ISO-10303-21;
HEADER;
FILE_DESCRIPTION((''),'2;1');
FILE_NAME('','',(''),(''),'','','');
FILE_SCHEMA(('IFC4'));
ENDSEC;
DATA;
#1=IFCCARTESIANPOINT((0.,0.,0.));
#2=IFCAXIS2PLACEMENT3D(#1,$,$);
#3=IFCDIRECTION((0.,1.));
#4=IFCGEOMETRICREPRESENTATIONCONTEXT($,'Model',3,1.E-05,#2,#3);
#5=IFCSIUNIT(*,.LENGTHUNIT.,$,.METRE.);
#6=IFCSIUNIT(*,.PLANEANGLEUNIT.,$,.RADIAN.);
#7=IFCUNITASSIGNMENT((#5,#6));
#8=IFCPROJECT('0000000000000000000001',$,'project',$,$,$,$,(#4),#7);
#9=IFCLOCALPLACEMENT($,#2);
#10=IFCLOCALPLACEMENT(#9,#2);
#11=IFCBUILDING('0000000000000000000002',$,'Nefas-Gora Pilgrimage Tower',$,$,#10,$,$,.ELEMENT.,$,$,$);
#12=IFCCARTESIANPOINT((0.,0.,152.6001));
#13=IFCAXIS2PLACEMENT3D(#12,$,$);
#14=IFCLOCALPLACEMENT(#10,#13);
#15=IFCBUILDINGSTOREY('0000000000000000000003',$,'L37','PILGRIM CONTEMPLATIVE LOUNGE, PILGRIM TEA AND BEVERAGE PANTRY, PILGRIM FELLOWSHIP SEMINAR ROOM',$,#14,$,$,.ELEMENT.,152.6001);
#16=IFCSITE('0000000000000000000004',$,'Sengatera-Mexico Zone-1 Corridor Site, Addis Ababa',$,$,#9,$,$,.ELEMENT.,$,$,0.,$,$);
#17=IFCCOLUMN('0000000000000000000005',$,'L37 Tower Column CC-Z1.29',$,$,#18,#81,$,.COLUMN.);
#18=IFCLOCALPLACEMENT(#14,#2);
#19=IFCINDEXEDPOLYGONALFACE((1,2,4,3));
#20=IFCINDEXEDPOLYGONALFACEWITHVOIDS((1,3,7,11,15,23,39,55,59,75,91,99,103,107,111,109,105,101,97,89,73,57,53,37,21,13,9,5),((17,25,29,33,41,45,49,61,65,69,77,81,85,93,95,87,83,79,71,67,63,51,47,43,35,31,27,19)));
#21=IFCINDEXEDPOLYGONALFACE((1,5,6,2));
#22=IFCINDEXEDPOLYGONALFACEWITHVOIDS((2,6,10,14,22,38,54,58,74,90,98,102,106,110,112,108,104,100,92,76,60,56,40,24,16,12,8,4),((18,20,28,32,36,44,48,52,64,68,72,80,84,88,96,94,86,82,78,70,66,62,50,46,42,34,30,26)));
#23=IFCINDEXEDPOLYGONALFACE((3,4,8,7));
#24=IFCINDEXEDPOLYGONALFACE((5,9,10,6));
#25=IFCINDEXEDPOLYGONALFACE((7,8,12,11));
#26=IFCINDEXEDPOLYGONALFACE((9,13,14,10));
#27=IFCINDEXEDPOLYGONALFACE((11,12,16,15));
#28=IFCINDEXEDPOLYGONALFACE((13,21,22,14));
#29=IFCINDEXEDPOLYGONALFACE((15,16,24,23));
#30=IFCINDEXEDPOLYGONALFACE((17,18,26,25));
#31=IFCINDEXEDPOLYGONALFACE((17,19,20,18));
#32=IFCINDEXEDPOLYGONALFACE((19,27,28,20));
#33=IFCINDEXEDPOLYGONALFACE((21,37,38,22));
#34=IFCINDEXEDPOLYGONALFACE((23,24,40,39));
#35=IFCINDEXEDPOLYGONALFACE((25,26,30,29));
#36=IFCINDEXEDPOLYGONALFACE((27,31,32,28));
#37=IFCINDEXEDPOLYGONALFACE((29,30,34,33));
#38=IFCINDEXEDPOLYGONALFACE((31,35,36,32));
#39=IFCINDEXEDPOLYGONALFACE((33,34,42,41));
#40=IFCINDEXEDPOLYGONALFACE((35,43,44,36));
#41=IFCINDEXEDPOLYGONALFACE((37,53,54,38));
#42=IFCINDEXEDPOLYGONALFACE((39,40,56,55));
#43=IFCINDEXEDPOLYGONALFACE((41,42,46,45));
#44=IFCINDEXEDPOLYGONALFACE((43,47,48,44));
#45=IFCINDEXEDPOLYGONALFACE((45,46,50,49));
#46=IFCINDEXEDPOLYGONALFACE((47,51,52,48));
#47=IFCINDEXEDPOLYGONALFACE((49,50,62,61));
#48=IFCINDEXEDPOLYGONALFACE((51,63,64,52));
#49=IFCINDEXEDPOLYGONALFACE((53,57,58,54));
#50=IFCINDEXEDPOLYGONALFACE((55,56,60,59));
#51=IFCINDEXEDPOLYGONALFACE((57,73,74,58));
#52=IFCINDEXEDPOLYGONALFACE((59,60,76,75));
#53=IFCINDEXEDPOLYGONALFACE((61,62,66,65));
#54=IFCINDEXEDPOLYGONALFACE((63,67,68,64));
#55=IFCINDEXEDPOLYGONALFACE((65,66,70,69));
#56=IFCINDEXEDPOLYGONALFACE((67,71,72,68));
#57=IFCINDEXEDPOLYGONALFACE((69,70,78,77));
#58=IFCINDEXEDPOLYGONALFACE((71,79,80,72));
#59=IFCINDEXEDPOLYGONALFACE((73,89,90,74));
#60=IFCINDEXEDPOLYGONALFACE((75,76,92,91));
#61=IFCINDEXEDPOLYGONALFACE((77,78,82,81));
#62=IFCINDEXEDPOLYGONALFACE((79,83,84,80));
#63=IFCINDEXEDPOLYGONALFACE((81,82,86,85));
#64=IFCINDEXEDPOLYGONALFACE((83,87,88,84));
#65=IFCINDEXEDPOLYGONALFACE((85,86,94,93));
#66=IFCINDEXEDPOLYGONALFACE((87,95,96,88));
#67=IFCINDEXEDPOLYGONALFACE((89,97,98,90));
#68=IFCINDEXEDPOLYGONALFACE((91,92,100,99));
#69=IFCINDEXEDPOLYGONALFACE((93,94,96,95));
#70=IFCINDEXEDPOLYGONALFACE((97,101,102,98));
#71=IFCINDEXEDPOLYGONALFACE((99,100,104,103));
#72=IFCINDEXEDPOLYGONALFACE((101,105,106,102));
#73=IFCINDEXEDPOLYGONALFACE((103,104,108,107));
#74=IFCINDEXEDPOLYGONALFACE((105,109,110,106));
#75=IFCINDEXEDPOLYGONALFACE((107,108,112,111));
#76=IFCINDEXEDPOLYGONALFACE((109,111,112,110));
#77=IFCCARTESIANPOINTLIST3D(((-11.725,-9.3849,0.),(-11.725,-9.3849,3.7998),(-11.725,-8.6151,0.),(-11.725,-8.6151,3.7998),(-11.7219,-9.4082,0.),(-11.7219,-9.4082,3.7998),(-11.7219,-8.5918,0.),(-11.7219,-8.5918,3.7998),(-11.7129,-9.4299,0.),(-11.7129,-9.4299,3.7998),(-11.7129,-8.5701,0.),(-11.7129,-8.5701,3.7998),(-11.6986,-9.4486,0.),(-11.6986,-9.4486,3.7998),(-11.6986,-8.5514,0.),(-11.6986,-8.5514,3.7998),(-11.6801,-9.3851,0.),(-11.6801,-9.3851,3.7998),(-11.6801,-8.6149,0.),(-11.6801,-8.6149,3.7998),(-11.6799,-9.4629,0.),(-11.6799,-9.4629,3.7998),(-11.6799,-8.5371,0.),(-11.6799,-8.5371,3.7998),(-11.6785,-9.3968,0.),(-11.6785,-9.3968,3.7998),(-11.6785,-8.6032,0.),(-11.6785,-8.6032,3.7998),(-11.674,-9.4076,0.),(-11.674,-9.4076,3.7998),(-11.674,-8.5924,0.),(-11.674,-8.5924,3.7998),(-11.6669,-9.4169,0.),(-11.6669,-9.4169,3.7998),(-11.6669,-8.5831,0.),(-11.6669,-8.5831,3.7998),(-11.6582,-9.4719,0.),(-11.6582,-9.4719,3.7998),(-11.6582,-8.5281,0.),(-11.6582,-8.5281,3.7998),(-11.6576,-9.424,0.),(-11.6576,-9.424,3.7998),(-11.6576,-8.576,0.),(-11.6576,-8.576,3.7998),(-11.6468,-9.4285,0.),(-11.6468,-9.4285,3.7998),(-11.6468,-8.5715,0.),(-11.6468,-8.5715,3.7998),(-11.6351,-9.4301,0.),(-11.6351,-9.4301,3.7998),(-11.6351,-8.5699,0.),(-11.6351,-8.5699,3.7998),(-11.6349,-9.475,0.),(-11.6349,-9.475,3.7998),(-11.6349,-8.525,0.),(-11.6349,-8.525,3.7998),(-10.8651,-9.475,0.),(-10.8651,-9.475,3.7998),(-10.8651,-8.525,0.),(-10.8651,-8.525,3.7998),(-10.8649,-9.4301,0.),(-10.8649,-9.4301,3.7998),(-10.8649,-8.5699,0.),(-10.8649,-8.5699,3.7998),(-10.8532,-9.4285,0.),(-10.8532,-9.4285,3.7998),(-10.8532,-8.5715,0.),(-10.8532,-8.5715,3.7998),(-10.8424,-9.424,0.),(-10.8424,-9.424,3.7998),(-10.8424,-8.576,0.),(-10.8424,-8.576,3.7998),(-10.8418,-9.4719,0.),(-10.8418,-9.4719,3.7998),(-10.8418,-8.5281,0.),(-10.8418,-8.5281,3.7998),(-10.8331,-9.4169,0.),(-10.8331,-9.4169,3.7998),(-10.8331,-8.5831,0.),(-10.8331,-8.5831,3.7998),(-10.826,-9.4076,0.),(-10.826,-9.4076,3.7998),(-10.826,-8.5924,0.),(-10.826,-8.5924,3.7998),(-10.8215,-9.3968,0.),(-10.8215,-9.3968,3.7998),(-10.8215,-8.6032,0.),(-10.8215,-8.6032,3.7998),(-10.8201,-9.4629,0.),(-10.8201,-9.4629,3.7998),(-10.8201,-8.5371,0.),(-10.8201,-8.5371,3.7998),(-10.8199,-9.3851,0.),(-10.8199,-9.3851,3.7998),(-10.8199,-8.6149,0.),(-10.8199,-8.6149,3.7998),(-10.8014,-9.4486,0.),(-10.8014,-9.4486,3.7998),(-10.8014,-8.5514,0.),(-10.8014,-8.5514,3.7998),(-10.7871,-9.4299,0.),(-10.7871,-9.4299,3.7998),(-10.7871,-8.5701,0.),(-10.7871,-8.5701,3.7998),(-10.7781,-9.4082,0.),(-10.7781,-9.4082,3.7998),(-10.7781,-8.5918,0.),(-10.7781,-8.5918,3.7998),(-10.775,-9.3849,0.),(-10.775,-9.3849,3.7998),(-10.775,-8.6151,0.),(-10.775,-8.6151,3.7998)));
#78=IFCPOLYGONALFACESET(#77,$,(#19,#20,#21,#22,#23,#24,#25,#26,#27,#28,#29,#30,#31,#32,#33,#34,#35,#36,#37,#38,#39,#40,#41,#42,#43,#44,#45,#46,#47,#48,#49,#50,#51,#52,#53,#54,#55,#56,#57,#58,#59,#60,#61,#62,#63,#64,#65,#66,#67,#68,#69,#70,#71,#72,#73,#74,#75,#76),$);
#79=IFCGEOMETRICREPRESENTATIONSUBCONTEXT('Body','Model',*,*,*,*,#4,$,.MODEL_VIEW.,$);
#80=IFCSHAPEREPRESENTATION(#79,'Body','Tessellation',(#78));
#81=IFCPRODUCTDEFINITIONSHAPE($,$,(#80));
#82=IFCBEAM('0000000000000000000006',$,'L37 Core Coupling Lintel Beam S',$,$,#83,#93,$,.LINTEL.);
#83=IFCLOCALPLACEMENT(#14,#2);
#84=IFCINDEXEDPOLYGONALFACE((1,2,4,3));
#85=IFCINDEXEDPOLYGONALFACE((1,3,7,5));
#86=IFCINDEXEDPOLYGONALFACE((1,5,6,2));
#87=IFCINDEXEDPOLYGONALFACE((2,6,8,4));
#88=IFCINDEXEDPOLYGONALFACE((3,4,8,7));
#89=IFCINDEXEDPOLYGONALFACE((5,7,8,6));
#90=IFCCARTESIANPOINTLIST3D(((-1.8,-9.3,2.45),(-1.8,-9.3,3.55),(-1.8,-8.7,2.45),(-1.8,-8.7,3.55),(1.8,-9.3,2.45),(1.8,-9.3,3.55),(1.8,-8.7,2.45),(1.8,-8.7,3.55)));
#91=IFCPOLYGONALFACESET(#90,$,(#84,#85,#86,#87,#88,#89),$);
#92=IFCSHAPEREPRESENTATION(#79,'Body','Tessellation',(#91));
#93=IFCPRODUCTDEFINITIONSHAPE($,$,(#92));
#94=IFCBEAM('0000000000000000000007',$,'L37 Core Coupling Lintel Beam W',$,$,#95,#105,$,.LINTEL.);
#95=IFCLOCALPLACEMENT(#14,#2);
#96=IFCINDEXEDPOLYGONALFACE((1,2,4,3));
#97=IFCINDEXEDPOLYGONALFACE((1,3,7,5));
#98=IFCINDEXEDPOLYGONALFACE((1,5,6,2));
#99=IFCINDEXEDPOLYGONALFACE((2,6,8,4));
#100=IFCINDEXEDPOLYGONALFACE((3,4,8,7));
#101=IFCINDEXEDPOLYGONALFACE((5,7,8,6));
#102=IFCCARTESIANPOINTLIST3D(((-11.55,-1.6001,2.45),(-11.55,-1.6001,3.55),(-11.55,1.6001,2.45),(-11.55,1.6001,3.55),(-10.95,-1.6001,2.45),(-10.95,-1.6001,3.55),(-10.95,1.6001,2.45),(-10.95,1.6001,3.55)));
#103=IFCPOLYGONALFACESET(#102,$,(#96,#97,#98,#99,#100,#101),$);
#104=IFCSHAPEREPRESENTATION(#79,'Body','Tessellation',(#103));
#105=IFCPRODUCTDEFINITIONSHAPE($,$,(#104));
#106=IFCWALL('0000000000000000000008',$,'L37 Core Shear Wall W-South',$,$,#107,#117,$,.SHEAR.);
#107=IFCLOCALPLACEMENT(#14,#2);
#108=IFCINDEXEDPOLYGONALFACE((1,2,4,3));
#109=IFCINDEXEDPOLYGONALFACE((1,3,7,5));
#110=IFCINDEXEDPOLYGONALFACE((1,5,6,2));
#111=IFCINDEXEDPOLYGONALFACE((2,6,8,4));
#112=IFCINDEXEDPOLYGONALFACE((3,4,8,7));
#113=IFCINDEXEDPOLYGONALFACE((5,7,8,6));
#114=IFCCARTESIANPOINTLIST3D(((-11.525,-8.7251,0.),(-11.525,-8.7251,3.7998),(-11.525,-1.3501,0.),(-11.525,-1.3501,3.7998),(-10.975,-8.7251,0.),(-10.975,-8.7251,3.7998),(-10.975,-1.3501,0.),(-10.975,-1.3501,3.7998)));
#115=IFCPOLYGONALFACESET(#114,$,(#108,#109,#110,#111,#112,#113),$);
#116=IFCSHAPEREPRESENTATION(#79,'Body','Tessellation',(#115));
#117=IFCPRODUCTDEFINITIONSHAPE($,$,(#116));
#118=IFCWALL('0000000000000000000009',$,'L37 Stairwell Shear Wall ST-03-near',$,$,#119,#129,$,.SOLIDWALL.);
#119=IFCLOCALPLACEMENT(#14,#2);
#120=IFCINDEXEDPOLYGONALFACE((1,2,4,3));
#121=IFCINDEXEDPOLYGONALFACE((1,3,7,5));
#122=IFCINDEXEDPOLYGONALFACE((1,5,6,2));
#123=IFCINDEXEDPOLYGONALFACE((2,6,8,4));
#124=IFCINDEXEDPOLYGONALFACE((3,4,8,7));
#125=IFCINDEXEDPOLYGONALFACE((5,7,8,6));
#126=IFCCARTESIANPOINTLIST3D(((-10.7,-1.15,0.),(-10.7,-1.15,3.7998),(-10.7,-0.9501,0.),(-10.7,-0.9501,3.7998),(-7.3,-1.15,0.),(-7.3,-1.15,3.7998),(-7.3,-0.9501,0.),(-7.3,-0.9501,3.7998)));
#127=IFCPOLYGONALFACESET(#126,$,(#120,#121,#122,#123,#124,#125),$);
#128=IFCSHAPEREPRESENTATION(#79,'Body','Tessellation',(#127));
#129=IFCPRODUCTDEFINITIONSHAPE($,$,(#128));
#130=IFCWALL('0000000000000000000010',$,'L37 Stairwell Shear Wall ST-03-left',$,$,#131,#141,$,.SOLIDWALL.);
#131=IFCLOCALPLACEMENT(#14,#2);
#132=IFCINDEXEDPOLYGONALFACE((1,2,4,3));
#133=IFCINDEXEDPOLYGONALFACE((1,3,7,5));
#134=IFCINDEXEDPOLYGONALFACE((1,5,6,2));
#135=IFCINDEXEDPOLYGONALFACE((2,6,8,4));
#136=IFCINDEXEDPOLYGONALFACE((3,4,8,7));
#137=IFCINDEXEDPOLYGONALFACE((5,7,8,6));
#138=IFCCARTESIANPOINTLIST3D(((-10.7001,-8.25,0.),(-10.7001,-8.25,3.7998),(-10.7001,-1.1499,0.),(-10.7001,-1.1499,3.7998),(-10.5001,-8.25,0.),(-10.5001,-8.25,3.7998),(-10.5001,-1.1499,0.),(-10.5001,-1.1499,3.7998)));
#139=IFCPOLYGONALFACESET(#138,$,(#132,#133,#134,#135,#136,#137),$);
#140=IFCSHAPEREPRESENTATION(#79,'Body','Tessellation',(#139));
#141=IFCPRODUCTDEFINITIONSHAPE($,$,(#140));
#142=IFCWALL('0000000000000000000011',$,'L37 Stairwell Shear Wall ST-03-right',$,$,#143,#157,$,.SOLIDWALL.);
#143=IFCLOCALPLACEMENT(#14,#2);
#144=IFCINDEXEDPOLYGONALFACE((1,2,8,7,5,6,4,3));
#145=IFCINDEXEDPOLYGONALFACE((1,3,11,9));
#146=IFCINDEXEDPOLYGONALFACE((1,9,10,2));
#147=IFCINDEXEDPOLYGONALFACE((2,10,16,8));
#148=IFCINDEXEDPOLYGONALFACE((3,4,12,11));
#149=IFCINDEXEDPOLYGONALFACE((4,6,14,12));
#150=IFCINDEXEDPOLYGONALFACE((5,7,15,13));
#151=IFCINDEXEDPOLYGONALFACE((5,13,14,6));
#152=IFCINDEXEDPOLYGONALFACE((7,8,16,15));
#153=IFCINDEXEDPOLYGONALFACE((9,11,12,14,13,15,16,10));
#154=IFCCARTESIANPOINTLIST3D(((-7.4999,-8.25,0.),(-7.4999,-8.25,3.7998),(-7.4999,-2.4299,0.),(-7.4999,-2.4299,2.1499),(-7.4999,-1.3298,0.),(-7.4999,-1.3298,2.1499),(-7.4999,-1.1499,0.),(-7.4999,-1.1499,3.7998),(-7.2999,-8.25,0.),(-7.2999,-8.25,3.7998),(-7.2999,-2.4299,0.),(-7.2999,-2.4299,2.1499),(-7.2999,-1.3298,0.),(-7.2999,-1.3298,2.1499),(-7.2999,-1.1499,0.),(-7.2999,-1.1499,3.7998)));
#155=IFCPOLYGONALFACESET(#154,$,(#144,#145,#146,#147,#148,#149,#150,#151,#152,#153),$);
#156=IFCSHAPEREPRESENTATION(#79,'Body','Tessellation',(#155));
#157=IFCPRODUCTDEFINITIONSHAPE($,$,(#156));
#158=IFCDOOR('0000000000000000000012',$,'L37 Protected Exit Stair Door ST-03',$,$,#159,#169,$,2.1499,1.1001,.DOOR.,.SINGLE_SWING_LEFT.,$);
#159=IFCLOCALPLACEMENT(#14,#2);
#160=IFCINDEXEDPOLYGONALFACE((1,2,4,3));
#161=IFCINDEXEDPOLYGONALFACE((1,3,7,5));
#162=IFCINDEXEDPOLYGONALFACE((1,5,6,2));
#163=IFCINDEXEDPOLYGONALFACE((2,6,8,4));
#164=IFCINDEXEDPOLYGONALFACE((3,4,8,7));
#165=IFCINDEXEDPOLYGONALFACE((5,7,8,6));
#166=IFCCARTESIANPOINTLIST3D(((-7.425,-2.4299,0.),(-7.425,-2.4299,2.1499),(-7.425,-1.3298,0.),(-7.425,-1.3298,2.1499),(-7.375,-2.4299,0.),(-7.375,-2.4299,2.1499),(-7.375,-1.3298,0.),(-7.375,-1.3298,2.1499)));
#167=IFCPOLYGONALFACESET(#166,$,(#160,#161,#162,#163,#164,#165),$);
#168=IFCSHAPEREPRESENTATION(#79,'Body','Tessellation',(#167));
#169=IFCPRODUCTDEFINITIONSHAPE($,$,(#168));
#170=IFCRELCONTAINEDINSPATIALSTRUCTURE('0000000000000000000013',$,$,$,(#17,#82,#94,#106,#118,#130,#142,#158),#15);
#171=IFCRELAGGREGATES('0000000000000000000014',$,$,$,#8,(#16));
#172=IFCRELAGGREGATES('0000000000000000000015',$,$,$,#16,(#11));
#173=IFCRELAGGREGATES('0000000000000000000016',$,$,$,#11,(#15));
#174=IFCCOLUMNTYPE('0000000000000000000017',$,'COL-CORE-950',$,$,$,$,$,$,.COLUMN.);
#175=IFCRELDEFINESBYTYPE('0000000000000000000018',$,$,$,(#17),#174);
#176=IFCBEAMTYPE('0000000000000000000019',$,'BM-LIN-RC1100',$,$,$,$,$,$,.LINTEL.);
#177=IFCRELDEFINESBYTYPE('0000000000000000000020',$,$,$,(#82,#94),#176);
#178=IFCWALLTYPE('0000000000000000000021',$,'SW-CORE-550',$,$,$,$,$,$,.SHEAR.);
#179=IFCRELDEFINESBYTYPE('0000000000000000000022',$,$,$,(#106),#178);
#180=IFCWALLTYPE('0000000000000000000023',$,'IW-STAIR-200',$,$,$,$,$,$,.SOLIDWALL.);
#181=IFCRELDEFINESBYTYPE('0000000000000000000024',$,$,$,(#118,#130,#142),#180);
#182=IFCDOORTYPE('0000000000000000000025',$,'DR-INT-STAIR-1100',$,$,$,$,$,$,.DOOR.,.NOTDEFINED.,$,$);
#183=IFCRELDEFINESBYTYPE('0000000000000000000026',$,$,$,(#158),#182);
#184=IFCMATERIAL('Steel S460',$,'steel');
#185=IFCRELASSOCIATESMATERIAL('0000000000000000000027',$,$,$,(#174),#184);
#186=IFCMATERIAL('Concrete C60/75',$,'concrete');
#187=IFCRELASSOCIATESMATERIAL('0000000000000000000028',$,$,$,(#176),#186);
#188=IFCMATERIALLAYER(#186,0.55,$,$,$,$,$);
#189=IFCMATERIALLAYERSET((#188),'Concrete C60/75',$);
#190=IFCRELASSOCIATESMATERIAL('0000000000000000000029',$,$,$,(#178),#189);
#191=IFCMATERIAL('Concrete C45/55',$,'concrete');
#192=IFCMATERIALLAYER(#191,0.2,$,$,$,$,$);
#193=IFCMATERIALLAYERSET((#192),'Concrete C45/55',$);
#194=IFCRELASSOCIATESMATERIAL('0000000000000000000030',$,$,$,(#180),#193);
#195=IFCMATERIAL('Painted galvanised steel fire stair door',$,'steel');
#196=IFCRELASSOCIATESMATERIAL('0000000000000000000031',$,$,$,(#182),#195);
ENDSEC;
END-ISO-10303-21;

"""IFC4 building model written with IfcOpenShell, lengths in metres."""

from ifc_helpers import new_model, si_unit, direction, frame, frame_2d, origin, origin_2d, place, context, subcontext, project, spatial, rectangle, hollow_rectangle, extrude, source, transform, mapped, material, layer, layer_set, material_profile, profile_set, type_object, element, fill, save


model = new_model("IFC4")

# Units and contexts
model_context = context("Model", 3, precision=1e-05, world=origin(), true_north=direction((0.0, 1.0)))
body_context = subcontext(model_context, "Body", "Model", "MODEL_VIEW")
ifc_project = project(units=[si_unit("LENGTHUNIT", "METRE"), si_unit("PLANEANGLEUNIT", "RADIAN")], contexts=[model_context])

# Site, building, storey
site_placement = place(None, origin())
site = spatial("IfcSite", under=ifc_project, at=site_placement, Name="Sengatera-Mexico Zone-1 Corridor Site, Addis Ababa", CompositionType="ELEMENT", RefElevation=0.0)
building_placement = place(site_placement, origin())
building = spatial("IfcBuilding", under=site, at=building_placement, Name="Nefas-Gora Pilgrimage Tower", CompositionType="ELEMENT")
storey_placement = place(building_placement, frame((0.0, 0.0, 152.6001)))
storey = spatial("IfcBuildingStorey", under=building, at=storey_placement, Name="L37", Description="PILGRIM CONTEMPLATIVE LOUNGE, PILGRIM TEA AND BEVERAGE PANTRY, PILGRIM FELLOWSHIP SEMINAR ROOM", CompositionType="ELEMENT", Elevation=152.6001)

# Column
ifc_material_1 = material(Name="Steel S460", Category="steel")
ifc_material_profile_1 = material_profile(ifc_material_1, hollow_rectangle(XDim=0.95, YDim=0.95, WallThickness=0.0449, InnerFilletRadius=0.0449, OuterFilletRadius=0.0901, at=origin_2d()), Name="BOX 950x950x45")
ifc_profile_set_1 = profile_set([ifc_material_profile_1], Name="Steel S460")
column_type = type_object("IfcColumnType", Name="COL-CORE-950", PredefinedType="COLUMN", material=ifc_profile_set_1)
shared_shape_1 = source(origin(), body_context, "Body", "SweptSolid", [
    extrude(hollow_rectangle(XDim=0.95, YDim=0.95, WallThickness=0.0449, InnerFilletRadius=0.0449, OuterFilletRadius=0.0901, at=origin_2d()), origin(), (0.0, 0.0, 1.0), 3.7998),
])
column_placement = place(storey_placement, frame((-11.25, -9.0, 0.0), z_axis=(0.0, 0.0, 1.0), x_axis=(1.0, 0.0, 0.0)))
element("IfcColumn", 1, at=column_placement, inside=storey, type_object=column_type, Name="L37 Tower Column CC-Z1.29", PredefinedType="COLUMN", context=body_context, shape_type="MappedRepresentation", body=[
    mapped(shared_shape_1, transform((0.0, 0.0, 0.0), x_axis=(1.0, 0.0, 0.0), y_axis=(0.0, 1.0, 0.0), z_axis=(0.0, 0.0, 1.0), scale=1.0)),
])

# Beams
ifc_material_2 = material(Name="Concrete C60/75", Category="concrete")
ifc_material_profile_2 = material_profile(ifc_material_2, rectangle(XDim=0.6001, YDim=1.1001, at=origin_2d()), Name="RC 600x1100")
ifc_profile_set_2 = profile_set([ifc_material_profile_2], Name="Concrete C60/75")
beam_type = type_object("IfcBeamType", Name="BM-LIN-RC1100", PredefinedType="LINTEL", material=ifc_profile_set_2)
shared_shape_2 = source(origin(), body_context, "Body", "SweptSolid", [
    extrude(rectangle(XDim=0.6001, YDim=1.1001, at=origin_2d()), origin(), (0.0, 0.0, 1.0), 3.6001),
])
beam_1_placement = place(storey_placement, frame((-1.8, -9.0, 3.0), z_axis=(1.0, 0.0, 0.0), x_axis=(0.0, 1.0, 0.0)))
element("IfcBeam", 2, at=beam_1_placement, inside=storey, type_object=beam_type, Name="L37 Core Coupling Lintel Beam S", PredefinedType="LINTEL", context=body_context, shape_type="MappedRepresentation", body=[
    mapped(shared_shape_2, transform((0.0, 0.0, 0.0), x_axis=(1.0, 0.0, 0.0), y_axis=(0.0, 1.0, 0.0), z_axis=(0.0, 0.0, 1.0), scale=1.0)),
])
shared_shape_3 = source(origin(), body_context, "Body", "SweptSolid", [
    extrude(rectangle(XDim=0.6001, YDim=1.1001, at=origin_2d()), origin(), (0.0, 0.0, 1.0), 3.2002),
])
beam_2_placement = place(storey_placement, frame((-11.25, -1.6001, 3.0), z_axis=(0.0, 1.0, 0.0), x_axis=(-1.0, 0.0, 0.0)))
element("IfcBeam", 3, at=beam_2_placement, inside=storey, type_object=beam_type, Name="L37 Core Coupling Lintel Beam W", PredefinedType="LINTEL", context=body_context, shape_type="MappedRepresentation", body=[
    mapped(shared_shape_3, transform((0.0, 0.0, 0.0), x_axis=(1.0, 0.0, 0.0), y_axis=(0.0, 1.0, 0.0), z_axis=(0.0, 0.0, 1.0), scale=1.0)),
])

# Walls
ifc_layer_1 = layer(ifc_material_2, 0.55)
ifc_layer_set_1 = layer_set([ifc_layer_1], Name="Concrete C60/75")
wall_type_1 = type_object("IfcWallType", Name="SW-CORE-550", PredefinedType="SHEAR", material=ifc_layer_set_1)
shared_shape_4 = source(origin(), body_context, "Body", "SweptSolid", [
    extrude(rectangle(XDim=7.375, YDim=0.55, at=frame_2d((3.6875, 0.0))), origin(), (0.0, 0.0, 1.0), 3.7998),
])
wall_1_placement = place(storey_placement, frame((-11.25, -8.7251, 0.0), z_axis=(0.0, 0.0, 1.0), x_axis=(0.0, 1.0, 0.0)))
element("IfcWall", 4, at=wall_1_placement, inside=storey, type_object=wall_type_1, Name="L37 Core Shear Wall W-South", PredefinedType="SHEAR", context=body_context, shape_type="MappedRepresentation", body=[
    mapped(shared_shape_4, transform((0.0, 0.0, 0.0), x_axis=(1.0, 0.0, 0.0), y_axis=(0.0, 1.0, 0.0), z_axis=(0.0, 0.0, 1.0), scale=1.0)),
])
ifc_material_3 = material(Name="Concrete C45/55", Category="concrete")
ifc_layer_2 = layer(ifc_material_3, 0.2)
ifc_layer_set_2 = layer_set([ifc_layer_2], Name="Concrete C45/55")
wall_type_2 = type_object("IfcWallType", Name="IW-STAIR-200", PredefinedType="SOLIDWALL", material=ifc_layer_set_2)
shared_shape_5 = source(origin(), body_context, "Body", "SweptSolid", [
    extrude(rectangle(XDim=3.3999, YDim=0.2, at=frame_2d((1.7, 0.0))), origin(), (0.0, 0.0, 1.0), 3.7998),
])
wall_2_placement = place(storey_placement, frame((-10.7, -1.05, 0.0), z_axis=(0.0, 0.0, 1.0), x_axis=(1.0, 0.0, 0.0)))
element("IfcWall", 5, at=wall_2_placement, inside=storey, type_object=wall_type_2, Name="L37 Stairwell Shear Wall ST-03-near", PredefinedType="SOLIDWALL", context=body_context, shape_type="MappedRepresentation", body=[
    mapped(shared_shape_5, transform((0.0, 0.0, 0.0), x_axis=(1.0, 0.0, 0.0), y_axis=(0.0, 1.0, 0.0), z_axis=(0.0, 0.0, 1.0), scale=1.0)),
])
shared_shape_6 = source(origin(), body_context, "Body", "SweptSolid", [
    extrude(rectangle(XDim=7.1001, YDim=0.2, at=frame_2d((3.55, 0.0))), origin(), (0.0, 0.0, 1.0), 3.7998),
])
wall_3_placement = place(storey_placement, frame((-10.6001, -1.1499, 0.0), z_axis=(0.0, 0.0, 1.0), x_axis=(0.0, -1.0, 0.0)))
element("IfcWall", 6, at=wall_3_placement, inside=storey, type_object=wall_type_2, Name="L37 Stairwell Shear Wall ST-03-left", PredefinedType="SOLIDWALL", context=body_context, shape_type="MappedRepresentation", body=[
    mapped(shared_shape_6, transform((0.0, 0.0, 0.0), x_axis=(1.0, 0.0, 0.0), y_axis=(0.0, 1.0, 0.0), z_axis=(0.0, 0.0, 1.0), scale=1.0)),
])

# Wall, opening, door
wall_4_placement = place(storey_placement, frame((-7.3999, -1.1499, 0.0), z_axis=(0.0, 0.0, 1.0), x_axis=(0.0, -1.0, 0.0)))
wall_4 = element("IfcWall", 7, at=wall_4_placement, inside=storey, type_object=wall_type_2, Name="L37 Stairwell Shear Wall ST-03-right", PredefinedType="SOLIDWALL", context=body_context, shape_type="MappedRepresentation", body=[
    mapped(shared_shape_6, transform((0.0, 0.0, 0.0), x_axis=(1.0, 0.0, 0.0), y_axis=(0.0, 1.0, 0.0), z_axis=(0.0, 0.0, 1.0), scale=1.0)),
])
opening_1_placement = place(wall_4_placement, frame((0.1799, 0.0, 0.0)))
opening_1 = element("IfcOpeningElement", 8, at=opening_1_placement, cuts=wall_4, PredefinedType="OPENING", context=body_context, shape_type="SweptSolid", body=[
    extrude(rectangle(XDim=1.1001, YDim=2.1499, at=frame_2d((0.55, 1.075))), frame((0.0, 0.1099, 0.0), z_axis=(0.0, -1.0, 0.0), x_axis=(1.0, 0.0, 0.0)), (0.0, 0.0, 1.0), 0.22),
])
ifc_material_4 = material(Name="Painted galvanised steel fire stair door", Category="steel")
door_type_1 = type_object("IfcDoorType", Name="DR-INT-STAIR-1100", OperationType="NOTDEFINED", PredefinedType="DOOR", material=ifc_material_4)
shared_shape_7 = source(origin(), body_context, "Body", "SweptSolid", [
    extrude(rectangle(XDim=1.1001, YDim=2.1499, at=frame_2d((0.55, 1.075))), frame((0.0, 0.0249, 0.0), z_axis=(0.0, -1.0, 0.0), x_axis=(1.0, 0.0, 0.0)), (0.0, 0.0, 1.0), 0.05),
])
door_1_placement = place(opening_1_placement, origin())
door_1 = element("IfcDoor", 9, at=door_1_placement, inside=storey, type_object=door_type_1, Name="L37 Protected Exit Stair Door ST-03", OperationType="SINGLE_SWING_LEFT", OverallHeight=2.1499, OverallWidth=1.1001, PredefinedType="DOOR", context=body_context, shape_type="MappedRepresentation", body=[
    mapped(shared_shape_7, transform((0.0, 0.0, 0.0), x_axis=(1.0, 0.0, 0.0), y_axis=(0.0, 1.0, 0.0), z_axis=(0.0, 0.0, 1.0), scale=1.0)),
])
fill(opening_1, door_1)

save(model, "model.ifc")
